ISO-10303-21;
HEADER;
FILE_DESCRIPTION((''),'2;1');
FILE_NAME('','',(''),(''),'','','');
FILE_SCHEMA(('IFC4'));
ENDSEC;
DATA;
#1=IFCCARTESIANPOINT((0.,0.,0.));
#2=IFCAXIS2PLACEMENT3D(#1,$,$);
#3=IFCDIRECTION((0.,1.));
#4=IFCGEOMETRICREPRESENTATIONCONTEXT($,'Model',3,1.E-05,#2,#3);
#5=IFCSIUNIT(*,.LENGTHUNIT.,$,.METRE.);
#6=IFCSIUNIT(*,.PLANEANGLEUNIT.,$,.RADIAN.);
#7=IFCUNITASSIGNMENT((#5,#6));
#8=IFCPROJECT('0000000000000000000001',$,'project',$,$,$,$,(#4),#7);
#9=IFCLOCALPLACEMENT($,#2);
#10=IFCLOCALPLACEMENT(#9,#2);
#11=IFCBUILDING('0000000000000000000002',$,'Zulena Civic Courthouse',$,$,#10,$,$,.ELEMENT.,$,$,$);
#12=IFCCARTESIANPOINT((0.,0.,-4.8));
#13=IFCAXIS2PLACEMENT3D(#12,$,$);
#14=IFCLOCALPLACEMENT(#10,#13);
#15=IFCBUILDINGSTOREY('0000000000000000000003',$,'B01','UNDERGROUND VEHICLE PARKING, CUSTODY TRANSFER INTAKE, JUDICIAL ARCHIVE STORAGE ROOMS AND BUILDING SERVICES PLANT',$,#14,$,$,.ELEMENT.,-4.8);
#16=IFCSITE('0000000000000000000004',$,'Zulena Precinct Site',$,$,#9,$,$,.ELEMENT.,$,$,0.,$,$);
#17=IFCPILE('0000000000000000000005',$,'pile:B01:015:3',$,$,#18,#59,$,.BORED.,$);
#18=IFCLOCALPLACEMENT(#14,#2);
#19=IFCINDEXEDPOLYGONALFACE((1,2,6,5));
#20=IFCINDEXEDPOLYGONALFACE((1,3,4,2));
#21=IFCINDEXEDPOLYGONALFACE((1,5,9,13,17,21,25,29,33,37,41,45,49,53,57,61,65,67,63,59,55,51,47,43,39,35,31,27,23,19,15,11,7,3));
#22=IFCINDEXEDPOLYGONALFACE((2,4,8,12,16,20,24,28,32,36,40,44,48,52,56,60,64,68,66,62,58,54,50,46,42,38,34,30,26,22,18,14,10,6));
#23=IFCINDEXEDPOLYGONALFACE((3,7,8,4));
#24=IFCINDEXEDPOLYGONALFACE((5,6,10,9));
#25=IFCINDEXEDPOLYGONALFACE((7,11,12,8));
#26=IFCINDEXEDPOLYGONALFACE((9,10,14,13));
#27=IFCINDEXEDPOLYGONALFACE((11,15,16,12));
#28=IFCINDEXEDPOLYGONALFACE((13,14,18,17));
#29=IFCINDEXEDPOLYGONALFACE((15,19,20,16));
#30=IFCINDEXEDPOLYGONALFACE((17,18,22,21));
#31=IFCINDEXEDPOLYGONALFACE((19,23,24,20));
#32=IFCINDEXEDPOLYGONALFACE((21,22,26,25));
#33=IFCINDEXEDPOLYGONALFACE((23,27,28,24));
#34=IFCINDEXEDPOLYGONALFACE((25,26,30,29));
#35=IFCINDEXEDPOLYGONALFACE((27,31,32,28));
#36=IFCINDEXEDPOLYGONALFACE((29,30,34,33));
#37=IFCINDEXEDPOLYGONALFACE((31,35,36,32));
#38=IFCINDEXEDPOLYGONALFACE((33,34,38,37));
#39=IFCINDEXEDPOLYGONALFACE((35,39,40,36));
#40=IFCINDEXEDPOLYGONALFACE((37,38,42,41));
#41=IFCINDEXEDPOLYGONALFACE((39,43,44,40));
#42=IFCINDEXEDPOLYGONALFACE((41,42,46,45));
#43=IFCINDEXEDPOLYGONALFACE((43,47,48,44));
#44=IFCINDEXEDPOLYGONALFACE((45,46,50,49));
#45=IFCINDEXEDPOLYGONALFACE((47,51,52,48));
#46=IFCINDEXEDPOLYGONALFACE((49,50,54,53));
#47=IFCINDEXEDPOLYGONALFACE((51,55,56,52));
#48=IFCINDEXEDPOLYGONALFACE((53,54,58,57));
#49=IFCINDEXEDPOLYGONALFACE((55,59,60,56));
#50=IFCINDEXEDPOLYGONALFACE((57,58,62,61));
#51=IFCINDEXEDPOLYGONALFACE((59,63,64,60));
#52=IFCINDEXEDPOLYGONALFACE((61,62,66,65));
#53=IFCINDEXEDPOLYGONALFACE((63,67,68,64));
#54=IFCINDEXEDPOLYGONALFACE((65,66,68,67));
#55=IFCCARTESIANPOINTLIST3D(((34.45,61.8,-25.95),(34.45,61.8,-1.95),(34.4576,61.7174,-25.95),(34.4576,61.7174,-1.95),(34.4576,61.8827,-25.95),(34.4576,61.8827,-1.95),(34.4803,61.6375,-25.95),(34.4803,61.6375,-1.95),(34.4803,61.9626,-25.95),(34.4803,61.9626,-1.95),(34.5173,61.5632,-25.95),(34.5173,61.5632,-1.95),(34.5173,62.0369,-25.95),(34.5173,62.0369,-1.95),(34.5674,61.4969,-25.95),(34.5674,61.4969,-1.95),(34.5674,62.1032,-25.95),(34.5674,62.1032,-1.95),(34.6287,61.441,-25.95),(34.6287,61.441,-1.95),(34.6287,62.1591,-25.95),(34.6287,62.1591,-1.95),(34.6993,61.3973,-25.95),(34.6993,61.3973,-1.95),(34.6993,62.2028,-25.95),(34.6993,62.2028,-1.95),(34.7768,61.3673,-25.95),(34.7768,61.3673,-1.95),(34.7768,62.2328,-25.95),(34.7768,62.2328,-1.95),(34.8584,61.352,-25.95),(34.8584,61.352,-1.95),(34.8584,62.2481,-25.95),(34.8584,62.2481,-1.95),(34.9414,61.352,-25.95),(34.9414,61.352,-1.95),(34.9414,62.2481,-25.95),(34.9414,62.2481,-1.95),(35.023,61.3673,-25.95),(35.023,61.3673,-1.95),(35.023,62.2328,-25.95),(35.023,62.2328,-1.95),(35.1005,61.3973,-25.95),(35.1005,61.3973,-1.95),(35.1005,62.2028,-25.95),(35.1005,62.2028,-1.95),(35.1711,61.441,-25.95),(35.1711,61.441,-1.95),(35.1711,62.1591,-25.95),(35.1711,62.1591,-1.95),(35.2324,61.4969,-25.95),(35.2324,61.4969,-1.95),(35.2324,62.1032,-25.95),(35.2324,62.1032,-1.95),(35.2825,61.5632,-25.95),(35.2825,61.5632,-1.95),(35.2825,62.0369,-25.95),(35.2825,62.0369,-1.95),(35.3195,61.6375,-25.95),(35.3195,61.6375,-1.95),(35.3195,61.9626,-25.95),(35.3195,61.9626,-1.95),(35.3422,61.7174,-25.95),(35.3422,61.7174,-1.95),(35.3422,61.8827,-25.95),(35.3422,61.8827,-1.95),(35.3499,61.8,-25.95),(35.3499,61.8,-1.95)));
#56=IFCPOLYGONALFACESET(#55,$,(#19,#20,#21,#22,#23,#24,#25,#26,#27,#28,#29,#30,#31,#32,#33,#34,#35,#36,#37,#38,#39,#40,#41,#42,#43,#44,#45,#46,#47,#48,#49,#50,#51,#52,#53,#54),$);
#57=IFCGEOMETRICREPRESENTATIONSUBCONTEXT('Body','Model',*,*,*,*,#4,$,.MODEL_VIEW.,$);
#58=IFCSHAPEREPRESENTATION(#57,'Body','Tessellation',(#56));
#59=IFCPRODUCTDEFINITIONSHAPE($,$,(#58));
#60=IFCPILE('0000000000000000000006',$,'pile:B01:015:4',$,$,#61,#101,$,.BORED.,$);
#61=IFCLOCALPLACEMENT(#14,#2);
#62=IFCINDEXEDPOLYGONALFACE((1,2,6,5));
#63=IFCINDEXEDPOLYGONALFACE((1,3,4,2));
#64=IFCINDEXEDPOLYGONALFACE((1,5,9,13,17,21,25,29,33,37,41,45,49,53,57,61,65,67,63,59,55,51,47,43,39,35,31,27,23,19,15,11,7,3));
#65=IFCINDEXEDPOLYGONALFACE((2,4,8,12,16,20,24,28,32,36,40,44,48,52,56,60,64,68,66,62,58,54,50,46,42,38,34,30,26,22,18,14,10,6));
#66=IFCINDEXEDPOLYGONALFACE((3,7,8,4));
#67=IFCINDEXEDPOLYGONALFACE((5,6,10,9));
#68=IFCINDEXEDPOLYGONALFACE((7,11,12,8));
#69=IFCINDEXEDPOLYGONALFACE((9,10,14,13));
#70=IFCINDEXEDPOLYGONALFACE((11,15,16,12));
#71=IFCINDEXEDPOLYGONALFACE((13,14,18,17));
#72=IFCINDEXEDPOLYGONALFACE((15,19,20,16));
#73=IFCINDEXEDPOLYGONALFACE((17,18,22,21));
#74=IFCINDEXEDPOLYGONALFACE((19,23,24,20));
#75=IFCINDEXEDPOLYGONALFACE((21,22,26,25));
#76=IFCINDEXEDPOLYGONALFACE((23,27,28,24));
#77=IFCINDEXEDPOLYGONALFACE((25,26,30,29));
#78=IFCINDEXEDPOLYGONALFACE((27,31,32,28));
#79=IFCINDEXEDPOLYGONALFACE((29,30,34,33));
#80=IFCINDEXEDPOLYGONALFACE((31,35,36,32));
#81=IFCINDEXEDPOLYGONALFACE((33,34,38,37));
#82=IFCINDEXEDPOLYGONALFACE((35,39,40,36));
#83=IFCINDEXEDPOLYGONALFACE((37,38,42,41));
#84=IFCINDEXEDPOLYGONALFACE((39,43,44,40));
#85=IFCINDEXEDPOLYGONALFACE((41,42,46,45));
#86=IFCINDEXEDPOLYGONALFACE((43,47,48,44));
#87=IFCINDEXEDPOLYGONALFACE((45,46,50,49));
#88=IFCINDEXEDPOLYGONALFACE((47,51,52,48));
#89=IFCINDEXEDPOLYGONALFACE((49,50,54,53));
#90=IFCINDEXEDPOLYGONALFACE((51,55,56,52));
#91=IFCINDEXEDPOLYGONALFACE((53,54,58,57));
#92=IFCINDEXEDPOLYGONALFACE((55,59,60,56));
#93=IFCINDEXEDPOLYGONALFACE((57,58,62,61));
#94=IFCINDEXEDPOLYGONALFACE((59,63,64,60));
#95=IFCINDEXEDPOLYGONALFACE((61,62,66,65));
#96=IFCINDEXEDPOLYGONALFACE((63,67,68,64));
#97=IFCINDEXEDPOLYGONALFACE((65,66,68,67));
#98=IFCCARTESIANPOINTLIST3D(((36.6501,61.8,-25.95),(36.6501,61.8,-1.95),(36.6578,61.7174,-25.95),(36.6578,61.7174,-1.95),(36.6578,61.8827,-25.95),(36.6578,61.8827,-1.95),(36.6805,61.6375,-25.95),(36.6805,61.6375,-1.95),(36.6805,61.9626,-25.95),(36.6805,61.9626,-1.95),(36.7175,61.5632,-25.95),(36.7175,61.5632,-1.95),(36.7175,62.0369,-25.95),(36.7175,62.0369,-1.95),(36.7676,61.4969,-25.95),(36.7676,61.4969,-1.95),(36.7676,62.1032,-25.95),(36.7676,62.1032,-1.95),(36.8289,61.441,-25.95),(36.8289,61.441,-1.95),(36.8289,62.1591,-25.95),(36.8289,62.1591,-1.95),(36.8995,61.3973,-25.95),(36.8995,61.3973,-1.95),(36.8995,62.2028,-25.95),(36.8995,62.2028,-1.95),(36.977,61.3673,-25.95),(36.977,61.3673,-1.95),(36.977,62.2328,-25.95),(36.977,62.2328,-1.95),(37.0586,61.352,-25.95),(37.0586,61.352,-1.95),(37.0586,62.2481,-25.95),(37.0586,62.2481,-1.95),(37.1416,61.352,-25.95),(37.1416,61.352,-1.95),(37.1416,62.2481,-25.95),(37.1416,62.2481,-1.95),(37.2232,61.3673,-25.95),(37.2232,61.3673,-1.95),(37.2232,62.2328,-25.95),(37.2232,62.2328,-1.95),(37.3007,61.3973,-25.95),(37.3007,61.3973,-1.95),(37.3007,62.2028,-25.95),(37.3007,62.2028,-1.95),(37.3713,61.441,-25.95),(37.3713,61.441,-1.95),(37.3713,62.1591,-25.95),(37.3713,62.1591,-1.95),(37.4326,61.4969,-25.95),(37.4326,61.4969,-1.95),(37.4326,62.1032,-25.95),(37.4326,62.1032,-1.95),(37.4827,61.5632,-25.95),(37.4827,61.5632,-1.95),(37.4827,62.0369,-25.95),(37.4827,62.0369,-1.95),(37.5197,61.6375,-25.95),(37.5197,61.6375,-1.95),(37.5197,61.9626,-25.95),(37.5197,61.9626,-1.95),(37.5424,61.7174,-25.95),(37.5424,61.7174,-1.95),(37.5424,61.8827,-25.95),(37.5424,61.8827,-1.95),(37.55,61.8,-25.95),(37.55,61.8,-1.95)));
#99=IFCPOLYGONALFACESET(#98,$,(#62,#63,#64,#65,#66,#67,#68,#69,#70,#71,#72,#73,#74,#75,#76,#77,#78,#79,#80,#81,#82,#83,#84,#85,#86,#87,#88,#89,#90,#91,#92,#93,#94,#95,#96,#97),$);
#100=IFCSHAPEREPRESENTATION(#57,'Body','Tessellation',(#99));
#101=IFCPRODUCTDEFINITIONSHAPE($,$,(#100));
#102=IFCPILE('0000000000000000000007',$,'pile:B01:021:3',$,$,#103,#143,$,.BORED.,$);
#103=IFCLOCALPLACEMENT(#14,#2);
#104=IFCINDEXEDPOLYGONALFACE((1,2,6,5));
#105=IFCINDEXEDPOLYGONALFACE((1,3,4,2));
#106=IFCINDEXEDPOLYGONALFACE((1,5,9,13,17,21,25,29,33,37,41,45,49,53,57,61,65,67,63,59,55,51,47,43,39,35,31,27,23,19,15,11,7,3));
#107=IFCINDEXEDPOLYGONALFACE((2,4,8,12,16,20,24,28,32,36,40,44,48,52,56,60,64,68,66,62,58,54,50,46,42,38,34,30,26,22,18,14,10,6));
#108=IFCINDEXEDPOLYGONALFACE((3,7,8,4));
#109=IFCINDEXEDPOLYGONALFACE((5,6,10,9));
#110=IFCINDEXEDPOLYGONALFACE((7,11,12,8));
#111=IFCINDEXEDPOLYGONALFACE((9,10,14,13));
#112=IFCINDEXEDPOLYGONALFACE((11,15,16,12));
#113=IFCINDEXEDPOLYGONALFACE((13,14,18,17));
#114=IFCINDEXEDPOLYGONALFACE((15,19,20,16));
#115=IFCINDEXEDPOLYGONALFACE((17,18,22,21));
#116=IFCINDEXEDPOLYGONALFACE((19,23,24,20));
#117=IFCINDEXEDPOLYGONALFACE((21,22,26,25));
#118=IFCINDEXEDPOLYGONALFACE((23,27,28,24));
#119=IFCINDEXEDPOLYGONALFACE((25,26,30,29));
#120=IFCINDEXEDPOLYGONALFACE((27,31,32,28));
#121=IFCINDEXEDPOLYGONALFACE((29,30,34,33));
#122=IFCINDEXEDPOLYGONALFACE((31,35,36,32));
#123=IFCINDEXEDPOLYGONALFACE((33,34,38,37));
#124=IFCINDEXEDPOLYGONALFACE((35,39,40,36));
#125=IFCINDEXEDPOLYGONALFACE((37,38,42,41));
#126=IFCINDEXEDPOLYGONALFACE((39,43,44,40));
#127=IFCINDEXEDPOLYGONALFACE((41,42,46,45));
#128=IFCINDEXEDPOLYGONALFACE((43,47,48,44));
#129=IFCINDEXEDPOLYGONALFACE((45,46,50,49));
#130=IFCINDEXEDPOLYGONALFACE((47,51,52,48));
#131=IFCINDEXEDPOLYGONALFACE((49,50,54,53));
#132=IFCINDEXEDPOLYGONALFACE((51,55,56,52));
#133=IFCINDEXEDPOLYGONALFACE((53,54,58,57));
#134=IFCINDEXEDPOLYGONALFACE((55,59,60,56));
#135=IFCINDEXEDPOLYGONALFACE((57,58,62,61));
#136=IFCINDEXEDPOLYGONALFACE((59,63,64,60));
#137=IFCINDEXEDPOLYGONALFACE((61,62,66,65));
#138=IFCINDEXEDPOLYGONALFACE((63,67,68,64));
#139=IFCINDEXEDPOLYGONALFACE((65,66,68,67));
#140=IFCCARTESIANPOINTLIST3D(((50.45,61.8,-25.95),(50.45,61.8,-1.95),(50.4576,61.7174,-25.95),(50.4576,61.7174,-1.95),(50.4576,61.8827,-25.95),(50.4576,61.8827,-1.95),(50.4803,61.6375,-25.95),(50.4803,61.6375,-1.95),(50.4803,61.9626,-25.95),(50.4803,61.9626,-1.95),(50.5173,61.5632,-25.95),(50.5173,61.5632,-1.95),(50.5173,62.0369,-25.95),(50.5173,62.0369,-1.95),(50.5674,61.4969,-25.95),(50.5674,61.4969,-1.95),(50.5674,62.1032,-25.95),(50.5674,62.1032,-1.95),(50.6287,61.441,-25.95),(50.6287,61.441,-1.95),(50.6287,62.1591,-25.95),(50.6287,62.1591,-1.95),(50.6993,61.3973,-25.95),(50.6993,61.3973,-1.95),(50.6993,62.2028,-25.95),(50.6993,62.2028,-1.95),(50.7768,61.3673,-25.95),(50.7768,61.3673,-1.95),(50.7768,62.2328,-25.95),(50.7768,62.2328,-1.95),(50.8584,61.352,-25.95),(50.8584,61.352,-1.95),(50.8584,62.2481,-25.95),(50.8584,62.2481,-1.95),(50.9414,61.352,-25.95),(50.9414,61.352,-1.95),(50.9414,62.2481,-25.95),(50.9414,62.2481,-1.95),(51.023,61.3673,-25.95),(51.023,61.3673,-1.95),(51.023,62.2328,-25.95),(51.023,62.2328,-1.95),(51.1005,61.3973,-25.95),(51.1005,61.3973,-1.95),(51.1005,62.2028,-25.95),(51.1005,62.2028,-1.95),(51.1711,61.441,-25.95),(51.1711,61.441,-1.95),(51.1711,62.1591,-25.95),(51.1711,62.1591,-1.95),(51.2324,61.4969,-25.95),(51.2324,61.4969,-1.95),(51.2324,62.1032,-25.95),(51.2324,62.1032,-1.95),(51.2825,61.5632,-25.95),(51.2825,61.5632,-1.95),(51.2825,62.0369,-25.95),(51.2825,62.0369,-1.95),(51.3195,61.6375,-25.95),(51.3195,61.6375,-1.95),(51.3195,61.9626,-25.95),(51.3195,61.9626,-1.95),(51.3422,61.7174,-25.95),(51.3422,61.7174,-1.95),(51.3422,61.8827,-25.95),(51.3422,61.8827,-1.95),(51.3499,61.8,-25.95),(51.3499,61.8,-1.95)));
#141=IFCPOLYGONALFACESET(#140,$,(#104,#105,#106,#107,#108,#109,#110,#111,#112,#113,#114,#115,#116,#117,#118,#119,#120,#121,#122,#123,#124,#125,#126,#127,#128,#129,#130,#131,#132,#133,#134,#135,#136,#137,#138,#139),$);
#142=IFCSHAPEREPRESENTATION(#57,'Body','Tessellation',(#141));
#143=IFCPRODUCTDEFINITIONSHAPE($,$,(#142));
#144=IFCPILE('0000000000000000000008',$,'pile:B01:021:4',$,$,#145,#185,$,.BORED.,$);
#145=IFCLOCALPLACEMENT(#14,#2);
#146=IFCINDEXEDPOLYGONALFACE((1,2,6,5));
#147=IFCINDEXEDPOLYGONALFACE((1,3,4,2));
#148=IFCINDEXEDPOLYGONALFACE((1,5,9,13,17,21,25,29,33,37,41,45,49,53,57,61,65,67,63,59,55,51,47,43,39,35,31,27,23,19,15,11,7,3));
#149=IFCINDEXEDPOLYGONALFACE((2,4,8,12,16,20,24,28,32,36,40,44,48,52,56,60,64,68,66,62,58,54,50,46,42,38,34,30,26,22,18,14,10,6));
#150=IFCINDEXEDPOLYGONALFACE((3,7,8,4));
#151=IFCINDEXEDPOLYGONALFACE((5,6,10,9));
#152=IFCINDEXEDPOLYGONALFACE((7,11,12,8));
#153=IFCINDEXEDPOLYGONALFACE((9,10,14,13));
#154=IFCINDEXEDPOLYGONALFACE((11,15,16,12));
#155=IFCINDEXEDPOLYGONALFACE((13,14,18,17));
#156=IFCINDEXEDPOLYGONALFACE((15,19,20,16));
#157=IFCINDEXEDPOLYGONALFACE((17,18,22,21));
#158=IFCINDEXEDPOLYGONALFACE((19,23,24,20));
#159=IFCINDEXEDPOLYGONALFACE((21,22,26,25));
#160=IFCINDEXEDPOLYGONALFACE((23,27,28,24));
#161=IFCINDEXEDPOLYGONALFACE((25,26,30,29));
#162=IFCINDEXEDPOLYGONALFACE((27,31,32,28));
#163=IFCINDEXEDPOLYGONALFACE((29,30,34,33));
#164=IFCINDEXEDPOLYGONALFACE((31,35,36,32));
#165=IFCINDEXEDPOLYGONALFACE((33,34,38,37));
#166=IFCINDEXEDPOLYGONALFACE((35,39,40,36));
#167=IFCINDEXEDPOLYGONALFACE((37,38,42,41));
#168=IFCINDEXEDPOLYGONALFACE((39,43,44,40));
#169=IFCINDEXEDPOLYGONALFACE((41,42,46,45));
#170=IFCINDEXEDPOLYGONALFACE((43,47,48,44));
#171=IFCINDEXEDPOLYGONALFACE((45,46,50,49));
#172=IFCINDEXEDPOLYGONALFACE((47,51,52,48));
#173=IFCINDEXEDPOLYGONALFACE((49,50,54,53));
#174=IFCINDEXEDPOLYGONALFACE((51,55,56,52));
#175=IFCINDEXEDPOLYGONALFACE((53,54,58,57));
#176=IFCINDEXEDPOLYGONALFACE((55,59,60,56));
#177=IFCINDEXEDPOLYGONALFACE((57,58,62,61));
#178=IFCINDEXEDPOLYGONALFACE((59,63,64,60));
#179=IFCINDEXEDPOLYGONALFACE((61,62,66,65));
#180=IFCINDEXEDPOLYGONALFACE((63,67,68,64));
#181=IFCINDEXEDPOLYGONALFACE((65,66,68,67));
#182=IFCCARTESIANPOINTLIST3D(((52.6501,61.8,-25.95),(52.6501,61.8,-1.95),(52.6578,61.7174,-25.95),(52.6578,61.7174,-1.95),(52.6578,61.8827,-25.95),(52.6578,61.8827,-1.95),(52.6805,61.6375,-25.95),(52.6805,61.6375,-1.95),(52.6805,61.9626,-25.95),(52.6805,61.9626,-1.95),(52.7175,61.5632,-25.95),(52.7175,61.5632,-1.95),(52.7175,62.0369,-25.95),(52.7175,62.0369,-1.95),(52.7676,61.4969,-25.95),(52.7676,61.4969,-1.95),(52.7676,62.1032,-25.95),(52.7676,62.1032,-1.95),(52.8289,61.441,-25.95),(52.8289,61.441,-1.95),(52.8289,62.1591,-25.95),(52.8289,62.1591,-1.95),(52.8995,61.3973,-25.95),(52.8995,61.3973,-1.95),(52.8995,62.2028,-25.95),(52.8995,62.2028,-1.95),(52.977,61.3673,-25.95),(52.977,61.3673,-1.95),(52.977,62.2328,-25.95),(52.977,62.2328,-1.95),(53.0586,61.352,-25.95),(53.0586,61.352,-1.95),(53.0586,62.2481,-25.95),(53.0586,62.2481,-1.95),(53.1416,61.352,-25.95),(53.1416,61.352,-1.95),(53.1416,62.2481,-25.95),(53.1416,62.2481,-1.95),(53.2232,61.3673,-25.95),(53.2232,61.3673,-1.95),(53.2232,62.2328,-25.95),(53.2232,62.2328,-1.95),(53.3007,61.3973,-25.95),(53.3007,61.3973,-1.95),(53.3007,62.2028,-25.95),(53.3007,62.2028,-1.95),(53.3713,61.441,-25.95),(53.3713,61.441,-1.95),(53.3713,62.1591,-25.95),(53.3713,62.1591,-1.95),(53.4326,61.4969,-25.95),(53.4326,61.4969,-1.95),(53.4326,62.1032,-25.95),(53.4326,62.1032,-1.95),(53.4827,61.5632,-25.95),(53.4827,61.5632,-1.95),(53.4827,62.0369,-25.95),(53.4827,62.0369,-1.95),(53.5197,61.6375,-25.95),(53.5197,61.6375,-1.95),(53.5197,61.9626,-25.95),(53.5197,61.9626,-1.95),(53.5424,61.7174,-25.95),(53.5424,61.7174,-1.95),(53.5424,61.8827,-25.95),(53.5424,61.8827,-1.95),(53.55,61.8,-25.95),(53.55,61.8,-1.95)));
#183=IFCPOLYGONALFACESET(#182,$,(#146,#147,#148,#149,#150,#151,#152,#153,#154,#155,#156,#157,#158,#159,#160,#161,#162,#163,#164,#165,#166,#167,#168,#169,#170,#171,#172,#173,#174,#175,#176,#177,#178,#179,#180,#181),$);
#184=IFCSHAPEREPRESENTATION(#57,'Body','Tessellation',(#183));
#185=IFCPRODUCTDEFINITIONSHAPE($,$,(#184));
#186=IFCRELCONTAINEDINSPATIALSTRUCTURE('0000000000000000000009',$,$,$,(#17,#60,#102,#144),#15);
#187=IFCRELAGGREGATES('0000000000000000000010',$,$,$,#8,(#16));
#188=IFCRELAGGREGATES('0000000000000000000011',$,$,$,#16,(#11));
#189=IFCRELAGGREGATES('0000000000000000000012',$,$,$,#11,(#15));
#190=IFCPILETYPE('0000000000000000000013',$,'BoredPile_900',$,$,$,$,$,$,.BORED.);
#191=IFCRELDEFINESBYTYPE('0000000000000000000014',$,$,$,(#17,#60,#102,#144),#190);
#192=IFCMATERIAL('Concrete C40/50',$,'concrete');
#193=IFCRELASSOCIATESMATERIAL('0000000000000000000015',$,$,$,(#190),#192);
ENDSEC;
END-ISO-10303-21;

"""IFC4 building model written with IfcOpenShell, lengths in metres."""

from ifc_helpers import new_model, si_unit, direction, frame, origin, origin_2d, place, context, subcontext, project, spatial, circle, extrude, material, material_profile, profile_set, type_object, element, save


model = new_model("IFC4")

# Units and contexts
model_context = context("Model", 3, precision=1e-05, world=origin(), true_north=direction((0.0, 1.0)))
body_context = subcontext(model_context, "Body", "Model", "MODEL_VIEW")
ifc_project = project(units=[si_unit("LENGTHUNIT", "METRE"), si_unit("PLANEANGLEUNIT", "RADIAN")], contexts=[model_context])

# Site, building, storey
site_placement = place(None, origin())
site = spatial("IfcSite", under=ifc_project, at=site_placement, Name="Zulena Precinct Site", CompositionType="ELEMENT", RefElevation=0.0)
building_placement = place(site_placement, origin())
building = spatial("IfcBuilding", under=site, at=building_placement, Name="Zulena Civic Courthouse", CompositionType="ELEMENT")
storey_placement = place(building_placement, frame((0.0, 0.0, -4.8)))
storey = spatial("IfcBuildingStorey", under=building, at=storey_placement, Name="B01", Description="UNDERGROUND VEHICLE PARKING, CUSTODY TRANSFER INTAKE, JUDICIAL ARCHIVE STORAGE ROOMS AND BUILDING SERVICES PLANT", CompositionType="ELEMENT", Elevation=-4.8)

# Piles
ifc_material_1 = material(Name="Concrete C40/50", Category="concrete")
ifc_material_profile_1 = material_profile(ifc_material_1, circle(Radius=0.45, at=origin_2d()), Name="PILE900")
ifc_profile_set_1 = profile_set([ifc_material_profile_1], Name="Concrete C40/50")
pile_type_1 = type_object("IfcPileType", Name="BoredPile_900", PredefinedType="BORED", material=ifc_profile_set_1)
for number, where, z_axis, x_axis, name in (
    (1, (34.8999, 61.8, -1.95), (0.0, 0.0, -1.0), (1.0, 0.0, 0.0), "pile:B01:015:3"),
    (2, (37.1001, 61.8, -1.95), (0.0, 0.0, -1.0), (1.0, 0.0, 0.0), "pile:B01:015:4"),
    (3, (50.8999, 61.8, -1.95), (0.0, 0.0, -1.0), (1.0, 0.0, 0.0), "pile:B01:021:3"),
    (4, (53.1001, 61.8, -1.95), (0.0, 0.0, -1.0), (1.0, 0.0, 0.0), "pile:B01:021:4"),
):
    element("IfcPile", number, at=place(storey_placement, frame(where, z_axis=z_axis, x_axis=x_axis)), inside=storey, type_object=pile_type_1, Name=name, PredefinedType="BORED", context=body_context, shape_type="SweptSolid", body=[
        extrude(circle(Radius=0.45, at=origin_2d()), origin(), (0.0, 0.0, 1.0), 24.0),
    ])

save(model, "model.ifc")
